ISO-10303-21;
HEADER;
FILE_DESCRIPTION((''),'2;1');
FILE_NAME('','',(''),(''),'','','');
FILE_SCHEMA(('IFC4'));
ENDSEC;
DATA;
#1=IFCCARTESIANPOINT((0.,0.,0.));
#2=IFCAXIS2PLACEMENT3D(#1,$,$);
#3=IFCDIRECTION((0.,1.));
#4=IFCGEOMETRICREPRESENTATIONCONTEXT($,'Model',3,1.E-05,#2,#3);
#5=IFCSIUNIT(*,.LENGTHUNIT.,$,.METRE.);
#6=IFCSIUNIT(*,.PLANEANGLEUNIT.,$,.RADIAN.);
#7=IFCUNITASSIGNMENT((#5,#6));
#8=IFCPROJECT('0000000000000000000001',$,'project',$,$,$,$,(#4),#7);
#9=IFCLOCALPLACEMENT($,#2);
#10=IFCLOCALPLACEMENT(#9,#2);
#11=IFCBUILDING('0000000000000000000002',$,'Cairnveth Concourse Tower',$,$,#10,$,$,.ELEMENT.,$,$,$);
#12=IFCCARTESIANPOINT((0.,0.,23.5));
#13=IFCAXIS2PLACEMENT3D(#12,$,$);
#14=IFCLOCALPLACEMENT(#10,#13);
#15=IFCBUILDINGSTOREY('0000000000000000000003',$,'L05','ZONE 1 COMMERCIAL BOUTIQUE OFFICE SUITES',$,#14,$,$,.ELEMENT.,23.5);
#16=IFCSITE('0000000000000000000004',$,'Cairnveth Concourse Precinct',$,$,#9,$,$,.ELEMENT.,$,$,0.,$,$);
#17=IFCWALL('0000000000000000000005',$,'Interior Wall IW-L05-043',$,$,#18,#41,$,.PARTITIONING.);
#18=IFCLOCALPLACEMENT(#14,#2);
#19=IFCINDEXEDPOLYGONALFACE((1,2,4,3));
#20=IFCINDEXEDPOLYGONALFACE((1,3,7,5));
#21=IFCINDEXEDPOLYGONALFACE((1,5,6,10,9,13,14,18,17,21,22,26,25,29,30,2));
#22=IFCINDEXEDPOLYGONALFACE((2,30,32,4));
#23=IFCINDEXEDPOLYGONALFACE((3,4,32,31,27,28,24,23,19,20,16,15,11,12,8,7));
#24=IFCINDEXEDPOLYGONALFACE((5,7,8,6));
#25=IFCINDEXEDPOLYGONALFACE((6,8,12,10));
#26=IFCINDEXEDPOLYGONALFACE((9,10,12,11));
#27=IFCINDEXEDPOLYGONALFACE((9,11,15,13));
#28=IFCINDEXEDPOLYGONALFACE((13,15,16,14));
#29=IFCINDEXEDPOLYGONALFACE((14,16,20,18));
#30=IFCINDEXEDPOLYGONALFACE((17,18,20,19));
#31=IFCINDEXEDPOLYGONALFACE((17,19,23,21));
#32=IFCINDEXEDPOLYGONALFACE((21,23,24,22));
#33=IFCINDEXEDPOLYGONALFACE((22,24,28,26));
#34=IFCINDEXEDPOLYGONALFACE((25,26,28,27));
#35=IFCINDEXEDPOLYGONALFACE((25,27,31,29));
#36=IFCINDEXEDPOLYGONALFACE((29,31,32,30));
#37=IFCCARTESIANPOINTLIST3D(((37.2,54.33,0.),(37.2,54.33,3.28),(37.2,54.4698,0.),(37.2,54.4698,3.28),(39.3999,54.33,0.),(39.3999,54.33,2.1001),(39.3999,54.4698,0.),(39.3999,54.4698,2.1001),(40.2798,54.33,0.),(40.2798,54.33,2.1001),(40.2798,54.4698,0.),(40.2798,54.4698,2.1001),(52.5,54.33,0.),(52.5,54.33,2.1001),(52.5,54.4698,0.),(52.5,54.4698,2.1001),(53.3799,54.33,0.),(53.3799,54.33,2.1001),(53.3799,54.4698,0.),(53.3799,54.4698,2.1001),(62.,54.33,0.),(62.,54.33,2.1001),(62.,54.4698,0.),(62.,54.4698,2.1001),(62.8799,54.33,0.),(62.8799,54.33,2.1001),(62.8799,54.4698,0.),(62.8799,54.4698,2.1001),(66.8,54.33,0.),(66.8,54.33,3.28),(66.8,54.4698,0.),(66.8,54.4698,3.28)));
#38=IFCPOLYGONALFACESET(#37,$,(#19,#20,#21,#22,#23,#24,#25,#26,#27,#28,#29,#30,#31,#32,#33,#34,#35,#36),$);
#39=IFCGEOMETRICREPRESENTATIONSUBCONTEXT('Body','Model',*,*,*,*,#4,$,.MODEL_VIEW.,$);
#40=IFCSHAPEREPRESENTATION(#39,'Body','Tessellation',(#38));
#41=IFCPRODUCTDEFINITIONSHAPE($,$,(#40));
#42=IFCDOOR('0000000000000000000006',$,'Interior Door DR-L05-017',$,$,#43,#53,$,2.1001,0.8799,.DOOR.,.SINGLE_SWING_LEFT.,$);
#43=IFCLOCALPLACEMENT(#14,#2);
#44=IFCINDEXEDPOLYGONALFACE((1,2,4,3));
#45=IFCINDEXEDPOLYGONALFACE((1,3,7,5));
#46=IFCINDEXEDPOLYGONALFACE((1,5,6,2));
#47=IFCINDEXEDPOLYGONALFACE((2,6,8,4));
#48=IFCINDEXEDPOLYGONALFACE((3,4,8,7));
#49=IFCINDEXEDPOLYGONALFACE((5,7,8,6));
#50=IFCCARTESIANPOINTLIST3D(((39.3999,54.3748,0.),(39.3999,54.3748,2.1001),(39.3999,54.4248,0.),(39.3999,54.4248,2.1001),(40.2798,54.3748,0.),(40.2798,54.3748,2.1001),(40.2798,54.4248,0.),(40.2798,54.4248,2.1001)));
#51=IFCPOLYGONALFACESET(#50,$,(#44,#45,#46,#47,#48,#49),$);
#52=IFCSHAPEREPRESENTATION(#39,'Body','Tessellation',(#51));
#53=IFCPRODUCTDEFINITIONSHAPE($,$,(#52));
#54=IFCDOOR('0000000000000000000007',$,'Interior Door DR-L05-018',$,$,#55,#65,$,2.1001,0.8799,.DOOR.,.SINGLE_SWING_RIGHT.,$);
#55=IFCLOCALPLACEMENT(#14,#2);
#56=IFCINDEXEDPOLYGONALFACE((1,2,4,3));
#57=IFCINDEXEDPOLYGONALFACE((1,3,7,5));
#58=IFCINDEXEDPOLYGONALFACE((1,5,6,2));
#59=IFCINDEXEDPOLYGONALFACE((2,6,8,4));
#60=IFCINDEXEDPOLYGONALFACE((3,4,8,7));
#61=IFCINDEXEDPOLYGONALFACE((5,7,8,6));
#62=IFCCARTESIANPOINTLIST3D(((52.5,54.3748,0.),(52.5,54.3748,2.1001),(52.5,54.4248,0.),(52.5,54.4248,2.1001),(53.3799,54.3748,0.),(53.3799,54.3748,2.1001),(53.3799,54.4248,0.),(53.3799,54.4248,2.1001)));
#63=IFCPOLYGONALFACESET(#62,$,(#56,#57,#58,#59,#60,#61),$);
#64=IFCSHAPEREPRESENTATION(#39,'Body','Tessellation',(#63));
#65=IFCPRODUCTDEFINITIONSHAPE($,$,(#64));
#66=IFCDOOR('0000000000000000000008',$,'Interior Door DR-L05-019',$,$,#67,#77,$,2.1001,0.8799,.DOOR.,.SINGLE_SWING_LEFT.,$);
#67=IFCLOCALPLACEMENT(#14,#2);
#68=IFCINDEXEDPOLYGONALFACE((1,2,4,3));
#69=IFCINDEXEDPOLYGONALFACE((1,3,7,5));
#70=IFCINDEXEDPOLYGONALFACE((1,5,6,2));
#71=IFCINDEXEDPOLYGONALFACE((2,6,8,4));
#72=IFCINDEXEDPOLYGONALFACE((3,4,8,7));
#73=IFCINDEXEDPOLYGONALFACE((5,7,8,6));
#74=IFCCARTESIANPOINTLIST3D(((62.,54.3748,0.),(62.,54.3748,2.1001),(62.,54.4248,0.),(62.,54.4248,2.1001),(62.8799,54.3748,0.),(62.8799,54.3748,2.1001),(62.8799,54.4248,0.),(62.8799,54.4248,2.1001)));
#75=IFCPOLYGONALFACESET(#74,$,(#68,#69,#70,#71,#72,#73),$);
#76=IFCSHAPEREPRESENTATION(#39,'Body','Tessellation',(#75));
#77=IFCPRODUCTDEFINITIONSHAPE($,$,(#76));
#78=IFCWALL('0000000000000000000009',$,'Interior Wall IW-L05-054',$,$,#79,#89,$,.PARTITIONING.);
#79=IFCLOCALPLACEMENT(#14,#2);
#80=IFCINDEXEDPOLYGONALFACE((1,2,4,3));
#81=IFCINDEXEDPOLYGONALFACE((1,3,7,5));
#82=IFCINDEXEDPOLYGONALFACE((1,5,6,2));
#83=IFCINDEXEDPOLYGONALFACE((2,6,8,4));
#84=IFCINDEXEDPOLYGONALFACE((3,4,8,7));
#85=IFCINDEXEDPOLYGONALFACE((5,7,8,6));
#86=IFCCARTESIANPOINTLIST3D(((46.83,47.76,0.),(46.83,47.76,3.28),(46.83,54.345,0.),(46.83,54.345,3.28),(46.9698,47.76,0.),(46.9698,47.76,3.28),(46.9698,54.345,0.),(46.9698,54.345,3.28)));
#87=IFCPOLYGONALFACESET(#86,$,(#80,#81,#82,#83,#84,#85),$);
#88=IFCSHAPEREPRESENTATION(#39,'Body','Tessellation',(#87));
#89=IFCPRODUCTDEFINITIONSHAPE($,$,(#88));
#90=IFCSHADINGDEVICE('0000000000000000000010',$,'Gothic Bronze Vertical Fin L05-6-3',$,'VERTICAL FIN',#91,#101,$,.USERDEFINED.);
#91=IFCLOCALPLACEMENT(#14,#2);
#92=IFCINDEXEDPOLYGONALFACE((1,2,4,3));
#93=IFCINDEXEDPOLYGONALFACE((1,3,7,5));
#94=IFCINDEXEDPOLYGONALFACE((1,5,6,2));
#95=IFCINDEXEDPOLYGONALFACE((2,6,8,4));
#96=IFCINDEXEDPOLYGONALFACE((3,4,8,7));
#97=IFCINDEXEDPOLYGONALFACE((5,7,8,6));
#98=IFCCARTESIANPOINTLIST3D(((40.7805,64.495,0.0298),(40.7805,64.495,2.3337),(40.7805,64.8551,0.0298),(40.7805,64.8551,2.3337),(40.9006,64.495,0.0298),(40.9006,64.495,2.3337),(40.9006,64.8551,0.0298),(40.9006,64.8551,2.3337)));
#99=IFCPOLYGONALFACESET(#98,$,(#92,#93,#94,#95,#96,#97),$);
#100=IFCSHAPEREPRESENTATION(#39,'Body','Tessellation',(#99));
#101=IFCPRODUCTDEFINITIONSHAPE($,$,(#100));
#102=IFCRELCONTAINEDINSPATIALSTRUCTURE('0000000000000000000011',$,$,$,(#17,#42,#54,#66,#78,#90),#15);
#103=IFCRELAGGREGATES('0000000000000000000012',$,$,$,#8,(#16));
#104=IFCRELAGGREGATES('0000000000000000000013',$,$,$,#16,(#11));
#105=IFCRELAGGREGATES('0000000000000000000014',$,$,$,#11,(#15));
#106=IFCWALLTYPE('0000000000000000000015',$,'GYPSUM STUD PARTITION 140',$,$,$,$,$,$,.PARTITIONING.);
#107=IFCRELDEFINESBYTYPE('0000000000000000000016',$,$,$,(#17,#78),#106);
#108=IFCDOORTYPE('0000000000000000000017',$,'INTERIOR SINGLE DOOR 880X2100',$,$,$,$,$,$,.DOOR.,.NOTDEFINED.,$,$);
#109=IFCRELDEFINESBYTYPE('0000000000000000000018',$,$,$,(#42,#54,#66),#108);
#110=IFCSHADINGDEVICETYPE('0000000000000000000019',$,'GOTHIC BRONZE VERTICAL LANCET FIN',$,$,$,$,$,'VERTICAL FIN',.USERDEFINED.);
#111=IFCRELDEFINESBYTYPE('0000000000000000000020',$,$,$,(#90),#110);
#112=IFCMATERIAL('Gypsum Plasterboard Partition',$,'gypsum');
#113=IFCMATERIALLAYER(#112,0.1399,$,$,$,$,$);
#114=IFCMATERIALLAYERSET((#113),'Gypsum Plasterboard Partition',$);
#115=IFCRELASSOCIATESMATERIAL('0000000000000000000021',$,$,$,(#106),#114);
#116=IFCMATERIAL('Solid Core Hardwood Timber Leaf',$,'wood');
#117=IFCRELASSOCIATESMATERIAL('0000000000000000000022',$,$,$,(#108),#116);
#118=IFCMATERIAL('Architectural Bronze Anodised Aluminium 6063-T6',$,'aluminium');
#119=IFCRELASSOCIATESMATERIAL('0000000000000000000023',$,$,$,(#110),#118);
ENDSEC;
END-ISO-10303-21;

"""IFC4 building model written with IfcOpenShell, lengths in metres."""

from ifc_helpers import new_model, si_unit, direction, frame, frame_2d, origin, origin_2d, place, context, subcontext, project, spatial, rectangle, extrude, material, layer, layer_set, type_object, element, fill, save


model = new_model("IFC4")

# Units and contexts
model_context = context("Model", 3, precision=1e-05, world=origin(), true_north=direction((0.0, 1.0)))
body_context = subcontext(model_context, "Body", "Model", "MODEL_VIEW")
ifc_project = project(units=[si_unit("LENGTHUNIT", "METRE"), si_unit("PLANEANGLEUNIT", "RADIAN")], contexts=[model_context])

# Site, building, storey
site_placement = place(None, origin())
site = spatial("IfcSite", under=ifc_project, at=site_placement, Name="Cairnveth Concourse Precinct", CompositionType="ELEMENT", RefElevation=0.0)
building_placement = place(site_placement, origin())
building = spatial("IfcBuilding", under=site, at=building_placement, Name="Cairnveth Concourse Tower", CompositionType="ELEMENT")
storey_placement = place(building_placement, frame((0.0, 0.0, 23.5)))
storey = spatial("IfcBuildingStorey", under=building, at=storey_placement, Name="L05", Description="ZONE 1 COMMERCIAL BOUTIQUE OFFICE SUITES", CompositionType="ELEMENT", Elevation=23.5)

# Wall, openings, doors
ifc_material_1 = material(Name="Gypsum Plasterboard Partition", Category="gypsum")
ifc_layer_1 = layer(ifc_material_1, 0.1399)
ifc_layer_set_1 = layer_set([ifc_layer_1], Name="Gypsum Plasterboard Partition")
wall_type_1 = type_object("IfcWallType", Name="GYPSUM STUD PARTITION 140", PredefinedType="PARTITIONING", material=ifc_layer_set_1)
ifc_material_2 = material(Name="Solid Core Hardwood Timber Leaf", Category="wood")
wall_1_placement = place(storey_placement, frame((37.2, 54.3999, 0.0), z_axis=(0.0, 0.0, 1.0), x_axis=(1.0, 0.0, 0.0)))
wall_1 = element("IfcWall", 1, at=wall_1_placement, inside=storey, type_object=wall_type_1, Name="Interior Wall IW-L05-043", PredefinedType="PARTITIONING", context=body_context, shape_type="SweptSolid", body=[
    extrude(rectangle(XDim=29.6001, YDim=0.1399, at=frame_2d((14.8, 0.0))), origin(), (0.0, 0.0, 1.0), 3.28),
])
opening_1_placement = place(wall_1_placement, frame((2.2, 0.0, 0.0)))
opening_1 = element("IfcOpeningElement", 2, at=opening_1_placement, cuts=wall_1, PredefinedType="OPENING", context=body_context, shape_type="SweptSolid", body=[
    extrude(rectangle(XDim=0.8799, YDim=2.1001, at=frame_2d((0.4399, 1.05))), frame((0.0, 0.0798, 0.0), z_axis=(0.0, -1.0, 0.0), x_axis=(1.0, 0.0, 0.0)), (0.0, 0.0, 1.0), 0.1599),
])
opening_2_placement = place(wall_1_placement, frame((15.3, 0.0, 0.0)))
opening_2 = element("IfcOpeningElement", 3, at=opening_2_placement, cuts=wall_1, PredefinedType="OPENING", context=body_context, shape_type="SweptSolid", body=[
    extrude(rectangle(XDim=0.8799, YDim=2.1001, at=frame_2d((0.4399, 1.05))), frame((0.0, 0.0798, 0.0), z_axis=(0.0, -1.0, 0.0), x_axis=(1.0, 0.0, 0.0)), (0.0, 0.0, 1.0), 0.1599),
])
opening_3_placement = place(wall_1_placement, frame((24.8, 0.0, 0.0)))
opening_3 = element("IfcOpeningElement", 4, at=opening_3_placement, cuts=wall_1, PredefinedType="OPENING", context=body_context, shape_type="SweptSolid", body=[
    extrude(rectangle(XDim=0.8799, YDim=2.1001, at=frame_2d((0.4399, 1.05))), frame((0.0, 0.0798, 0.0), z_axis=(0.0, -1.0, 0.0), x_axis=(1.0, 0.0, 0.0)), (0.0, 0.0, 1.0), 0.1599),
])
door_type_1 = type_object("IfcDoorType", Name="INTERIOR SINGLE DOOR 880X2100", OperationType="NOTDEFINED", PredefinedType="DOOR", material=ifc_material_2)
door_1_placement = place(opening_1_placement, origin())
door_1 = element("IfcDoor", 5, at=door_1_placement, inside=storey, type_object=door_type_1, Name="Interior Door DR-L05-017", OperationType="SINGLE_SWING_LEFT", OverallHeight=2.1001, OverallWidth=0.8799, PredefinedType="DOOR", context=body_context, shape_type="SweptSolid", body=[
    extrude(rectangle(XDim=0.8799, YDim=2.1001, at=frame_2d((0.4399, 1.05))), frame((0.0, 0.0249, 0.0), z_axis=(0.0, -1.0, 0.0), x_axis=(1.0, 0.0, 0.0)), (0.0, 0.0, 1.0), 0.05),
])
fill(opening_1, door_1)
door_2_placement = place(opening_2_placement, origin())
door_2 = element("IfcDoor", 6, at=door_2_placement, inside=storey, type_object=door_type_1, Name="Interior Door DR-L05-018", OperationType="SINGLE_SWING_RIGHT", OverallHeight=2.1001, OverallWidth=0.8799, PredefinedType="DOOR", context=body_context, shape_type="SweptSolid", body=[
    extrude(rectangle(XDim=0.8799, YDim=2.1001, at=frame_2d((0.4399, 1.05))), frame((0.0, 0.0249, 0.0), z_axis=(0.0, -1.0, 0.0), x_axis=(1.0, 0.0, 0.0)), (0.0, 0.0, 1.0), 0.05),
])
fill(opening_2, door_2)
door_3_placement = place(opening_3_placement, origin())
door_3 = element("IfcDoor", 7, at=door_3_placement, inside=storey, type_object=door_type_1, Name="Interior Door DR-L05-019", OperationType="SINGLE_SWING_LEFT", OverallHeight=2.1001, OverallWidth=0.8799, PredefinedType="DOOR", context=body_context, shape_type="SweptSolid", body=[
    extrude(rectangle(XDim=0.8799, YDim=2.1001, at=frame_2d((0.4399, 1.05))), frame((0.0, 0.0249, 0.0), z_axis=(0.0, -1.0, 0.0), x_axis=(1.0, 0.0, 0.0)), (0.0, 0.0, 1.0), 0.05),
])
fill(opening_3, door_3)

# Wall
wall_2_placement = place(storey_placement, frame((46.8999, 47.76, 0.0), z_axis=(0.0, 0.0, 1.0), x_axis=(0.0, 1.0, 0.0)))
element("IfcWall", 8, at=wall_2_placement, inside=storey, type_object=wall_type_1, Name="Interior Wall IW-L05-054", PredefinedType="PARTITIONING", context=body_context, shape_type="SweptSolid", body=[
    extrude(rectangle(XDim=6.585, YDim=0.1399, at=frame_2d((3.2925, 0.0))), origin(), (0.0, 0.0, 1.0), 3.28),
])

# Shading device
ifc_material_3 = material(Name="Architectural Bronze Anodised Aluminium 6063-T6", Category="aluminium")
shading_device_type = type_object("IfcShadingDeviceType", Name="GOTHIC BRONZE VERTICAL LANCET FIN", ElementType="VERTICAL FIN", PredefinedType="USERDEFINED", material=ifc_material_3)
shading_device_placement = place(storey_placement, frame((40.8406, 64.675, 0.0298), z_axis=(0.0, 0.0, 1.0), x_axis=(1.0, 0.0, 0.0)))
element("IfcShadingDevice", 9, at=shading_device_placement, inside=storey, type_object=shading_device_type, Name="Gothic Bronze Vertical Fin L05-6-3", ObjectType="VERTICAL FIN", PredefinedType="USERDEFINED", context=body_context, shape_type="SweptSolid", body=[
    extrude(rectangle(XDim=0.1201, YDim=0.3601, at=origin_2d()), origin(), (0.0, 0.0, 1.0), 2.304),
])

save(model, "model.ifc")
